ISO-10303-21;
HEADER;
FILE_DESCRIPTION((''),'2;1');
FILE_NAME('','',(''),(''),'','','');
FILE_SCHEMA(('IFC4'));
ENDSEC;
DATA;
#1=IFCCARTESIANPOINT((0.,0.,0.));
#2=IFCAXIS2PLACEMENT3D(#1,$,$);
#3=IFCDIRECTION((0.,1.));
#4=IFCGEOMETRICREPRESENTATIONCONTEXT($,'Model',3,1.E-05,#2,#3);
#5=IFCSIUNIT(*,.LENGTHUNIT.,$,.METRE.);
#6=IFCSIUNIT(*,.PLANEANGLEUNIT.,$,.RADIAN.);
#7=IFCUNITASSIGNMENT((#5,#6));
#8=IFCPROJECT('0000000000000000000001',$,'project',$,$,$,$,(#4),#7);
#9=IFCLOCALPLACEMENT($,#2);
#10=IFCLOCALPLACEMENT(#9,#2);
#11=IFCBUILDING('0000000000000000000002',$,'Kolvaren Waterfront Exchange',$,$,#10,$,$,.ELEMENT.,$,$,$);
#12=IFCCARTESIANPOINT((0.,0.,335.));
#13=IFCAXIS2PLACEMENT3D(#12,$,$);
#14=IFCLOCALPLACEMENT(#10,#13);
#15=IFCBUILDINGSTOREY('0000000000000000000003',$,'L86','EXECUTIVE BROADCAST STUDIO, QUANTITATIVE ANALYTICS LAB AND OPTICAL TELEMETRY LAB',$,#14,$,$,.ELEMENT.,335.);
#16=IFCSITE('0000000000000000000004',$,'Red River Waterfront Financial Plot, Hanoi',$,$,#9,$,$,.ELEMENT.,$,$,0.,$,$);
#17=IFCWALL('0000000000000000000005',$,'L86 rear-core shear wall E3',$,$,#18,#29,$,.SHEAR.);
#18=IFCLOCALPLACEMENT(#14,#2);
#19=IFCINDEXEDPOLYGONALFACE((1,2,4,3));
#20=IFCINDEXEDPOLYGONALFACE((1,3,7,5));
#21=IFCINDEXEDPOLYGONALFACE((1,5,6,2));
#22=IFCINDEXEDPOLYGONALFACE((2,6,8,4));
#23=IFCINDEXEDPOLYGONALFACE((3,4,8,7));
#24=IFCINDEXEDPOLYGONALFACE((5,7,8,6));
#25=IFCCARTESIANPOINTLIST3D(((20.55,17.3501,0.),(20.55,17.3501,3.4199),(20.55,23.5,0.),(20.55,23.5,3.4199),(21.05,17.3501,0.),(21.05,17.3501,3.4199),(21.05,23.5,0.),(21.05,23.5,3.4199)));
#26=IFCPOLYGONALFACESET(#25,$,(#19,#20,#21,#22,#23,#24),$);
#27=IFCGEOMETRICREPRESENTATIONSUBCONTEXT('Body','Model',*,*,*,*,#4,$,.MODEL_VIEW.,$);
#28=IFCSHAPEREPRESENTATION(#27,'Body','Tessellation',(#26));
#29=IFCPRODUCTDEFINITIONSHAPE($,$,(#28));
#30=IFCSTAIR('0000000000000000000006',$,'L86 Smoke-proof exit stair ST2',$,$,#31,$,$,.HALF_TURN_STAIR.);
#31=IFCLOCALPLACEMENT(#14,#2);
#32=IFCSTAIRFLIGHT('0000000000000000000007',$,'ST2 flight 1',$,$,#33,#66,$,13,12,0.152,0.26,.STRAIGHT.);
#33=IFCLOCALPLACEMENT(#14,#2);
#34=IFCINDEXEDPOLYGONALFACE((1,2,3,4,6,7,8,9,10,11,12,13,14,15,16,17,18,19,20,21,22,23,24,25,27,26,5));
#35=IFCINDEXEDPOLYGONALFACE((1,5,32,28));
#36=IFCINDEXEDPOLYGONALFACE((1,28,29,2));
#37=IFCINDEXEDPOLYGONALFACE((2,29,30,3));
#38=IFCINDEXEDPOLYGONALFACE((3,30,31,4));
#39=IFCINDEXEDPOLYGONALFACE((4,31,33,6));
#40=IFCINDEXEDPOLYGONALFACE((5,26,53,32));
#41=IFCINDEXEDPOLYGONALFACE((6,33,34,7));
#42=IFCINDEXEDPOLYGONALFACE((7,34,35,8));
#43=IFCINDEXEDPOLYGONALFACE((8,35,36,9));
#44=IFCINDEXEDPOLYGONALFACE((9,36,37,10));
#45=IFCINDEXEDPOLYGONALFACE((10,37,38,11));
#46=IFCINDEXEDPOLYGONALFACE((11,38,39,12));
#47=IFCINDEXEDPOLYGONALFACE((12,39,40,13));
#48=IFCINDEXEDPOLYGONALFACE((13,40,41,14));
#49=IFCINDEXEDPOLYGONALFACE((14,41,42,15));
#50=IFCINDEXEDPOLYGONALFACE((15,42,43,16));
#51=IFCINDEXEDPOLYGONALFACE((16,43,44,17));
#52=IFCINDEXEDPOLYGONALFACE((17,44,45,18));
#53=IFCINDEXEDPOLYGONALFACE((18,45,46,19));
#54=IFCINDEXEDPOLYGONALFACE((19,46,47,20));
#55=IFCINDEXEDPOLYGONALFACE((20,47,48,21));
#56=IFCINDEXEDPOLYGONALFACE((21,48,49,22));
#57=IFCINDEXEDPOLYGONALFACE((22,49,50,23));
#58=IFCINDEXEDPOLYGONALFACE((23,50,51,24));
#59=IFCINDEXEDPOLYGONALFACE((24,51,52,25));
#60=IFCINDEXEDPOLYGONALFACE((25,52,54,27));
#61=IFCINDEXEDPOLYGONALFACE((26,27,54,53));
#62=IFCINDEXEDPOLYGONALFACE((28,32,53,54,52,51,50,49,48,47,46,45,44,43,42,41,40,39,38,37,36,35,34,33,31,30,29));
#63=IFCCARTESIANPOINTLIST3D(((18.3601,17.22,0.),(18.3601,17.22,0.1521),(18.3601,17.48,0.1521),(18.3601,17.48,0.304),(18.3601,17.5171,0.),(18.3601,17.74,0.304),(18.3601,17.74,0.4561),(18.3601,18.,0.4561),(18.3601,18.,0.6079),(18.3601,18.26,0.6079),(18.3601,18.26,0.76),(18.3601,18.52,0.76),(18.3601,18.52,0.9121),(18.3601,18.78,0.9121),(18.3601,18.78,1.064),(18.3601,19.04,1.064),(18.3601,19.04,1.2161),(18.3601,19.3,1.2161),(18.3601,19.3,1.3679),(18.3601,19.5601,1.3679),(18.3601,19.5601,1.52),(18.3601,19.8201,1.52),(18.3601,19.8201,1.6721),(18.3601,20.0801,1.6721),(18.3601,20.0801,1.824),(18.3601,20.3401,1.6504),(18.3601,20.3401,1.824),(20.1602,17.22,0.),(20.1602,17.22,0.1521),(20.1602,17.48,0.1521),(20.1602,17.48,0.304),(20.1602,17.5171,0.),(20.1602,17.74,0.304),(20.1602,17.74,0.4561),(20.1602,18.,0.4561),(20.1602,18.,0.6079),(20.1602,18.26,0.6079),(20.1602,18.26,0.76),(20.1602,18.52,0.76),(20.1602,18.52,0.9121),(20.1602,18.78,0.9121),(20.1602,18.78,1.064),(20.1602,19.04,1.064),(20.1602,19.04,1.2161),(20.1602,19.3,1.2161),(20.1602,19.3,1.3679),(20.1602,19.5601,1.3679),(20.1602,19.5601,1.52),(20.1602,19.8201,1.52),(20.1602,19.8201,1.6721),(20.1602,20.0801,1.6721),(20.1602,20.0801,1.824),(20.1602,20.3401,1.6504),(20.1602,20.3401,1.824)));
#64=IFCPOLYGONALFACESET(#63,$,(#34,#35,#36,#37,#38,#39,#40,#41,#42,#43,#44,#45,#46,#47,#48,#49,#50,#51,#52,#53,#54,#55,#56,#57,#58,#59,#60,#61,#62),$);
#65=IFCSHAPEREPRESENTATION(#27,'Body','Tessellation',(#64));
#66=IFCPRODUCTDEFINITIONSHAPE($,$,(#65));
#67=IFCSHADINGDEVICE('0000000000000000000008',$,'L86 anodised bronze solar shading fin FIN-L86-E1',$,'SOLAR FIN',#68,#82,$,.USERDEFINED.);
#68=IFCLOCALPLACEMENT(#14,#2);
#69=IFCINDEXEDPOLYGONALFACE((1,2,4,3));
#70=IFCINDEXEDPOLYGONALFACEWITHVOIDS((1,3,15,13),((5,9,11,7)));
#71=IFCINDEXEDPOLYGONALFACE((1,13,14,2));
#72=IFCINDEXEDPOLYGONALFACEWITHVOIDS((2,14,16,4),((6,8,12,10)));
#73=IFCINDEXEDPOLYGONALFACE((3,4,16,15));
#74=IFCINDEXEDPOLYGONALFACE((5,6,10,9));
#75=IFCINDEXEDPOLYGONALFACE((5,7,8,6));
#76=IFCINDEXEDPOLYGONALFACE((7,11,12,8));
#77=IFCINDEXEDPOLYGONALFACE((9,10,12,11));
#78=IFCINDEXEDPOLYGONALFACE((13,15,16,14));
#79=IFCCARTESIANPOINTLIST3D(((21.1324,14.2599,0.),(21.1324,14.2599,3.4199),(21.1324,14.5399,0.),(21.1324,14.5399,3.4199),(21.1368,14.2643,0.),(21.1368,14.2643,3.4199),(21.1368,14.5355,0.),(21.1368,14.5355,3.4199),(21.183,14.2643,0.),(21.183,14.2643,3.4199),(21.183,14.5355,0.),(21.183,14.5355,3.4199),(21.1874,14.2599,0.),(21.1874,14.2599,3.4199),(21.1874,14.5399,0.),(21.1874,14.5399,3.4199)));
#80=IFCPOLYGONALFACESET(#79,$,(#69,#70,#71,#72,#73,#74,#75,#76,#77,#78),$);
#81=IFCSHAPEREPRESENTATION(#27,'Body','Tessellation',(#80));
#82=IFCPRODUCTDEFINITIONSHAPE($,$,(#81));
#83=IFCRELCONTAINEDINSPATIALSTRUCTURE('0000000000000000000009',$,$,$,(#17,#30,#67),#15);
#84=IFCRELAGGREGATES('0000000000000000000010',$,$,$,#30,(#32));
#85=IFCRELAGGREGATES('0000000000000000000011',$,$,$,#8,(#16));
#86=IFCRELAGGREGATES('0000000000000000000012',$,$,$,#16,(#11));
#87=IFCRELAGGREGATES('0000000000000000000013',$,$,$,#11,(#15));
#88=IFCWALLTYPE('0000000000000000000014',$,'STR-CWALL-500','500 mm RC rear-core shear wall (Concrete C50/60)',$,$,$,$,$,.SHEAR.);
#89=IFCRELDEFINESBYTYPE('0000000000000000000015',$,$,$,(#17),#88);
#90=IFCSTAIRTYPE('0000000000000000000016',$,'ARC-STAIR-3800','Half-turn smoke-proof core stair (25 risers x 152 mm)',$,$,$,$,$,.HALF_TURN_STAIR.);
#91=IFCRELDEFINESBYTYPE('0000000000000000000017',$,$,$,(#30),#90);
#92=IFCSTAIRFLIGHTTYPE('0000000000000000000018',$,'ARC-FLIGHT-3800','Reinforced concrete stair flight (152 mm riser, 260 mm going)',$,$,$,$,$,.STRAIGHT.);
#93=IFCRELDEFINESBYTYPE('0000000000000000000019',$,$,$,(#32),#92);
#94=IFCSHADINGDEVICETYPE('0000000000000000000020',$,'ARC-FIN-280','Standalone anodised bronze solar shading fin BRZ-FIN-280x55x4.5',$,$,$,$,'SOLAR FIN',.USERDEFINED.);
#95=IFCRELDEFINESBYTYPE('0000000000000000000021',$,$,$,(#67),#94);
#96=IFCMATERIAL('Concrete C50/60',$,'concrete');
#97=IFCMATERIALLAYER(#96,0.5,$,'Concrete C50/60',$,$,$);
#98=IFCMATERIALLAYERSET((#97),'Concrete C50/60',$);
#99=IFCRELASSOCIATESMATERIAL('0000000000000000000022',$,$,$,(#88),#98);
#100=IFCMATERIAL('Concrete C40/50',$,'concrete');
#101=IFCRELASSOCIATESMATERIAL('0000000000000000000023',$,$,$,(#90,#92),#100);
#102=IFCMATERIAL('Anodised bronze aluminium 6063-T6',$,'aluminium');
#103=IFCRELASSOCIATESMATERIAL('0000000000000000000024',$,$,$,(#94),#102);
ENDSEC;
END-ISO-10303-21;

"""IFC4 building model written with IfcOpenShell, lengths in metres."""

from ifc_helpers import new_model, si_unit, direction, frame, frame_2d, origin, origin_2d, place, context, subcontext, project, spatial, polyline, rectangle, hollow_rectangle, outline, extrude, material, layer, layer_set, material_profile, profile_set, type_object, element, aggregate, save


model = new_model("IFC4")

# Units and contexts
model_context = context("Model", 3, precision=1e-05, world=origin(), true_north=direction((0.0, 1.0)))
body_context = subcontext(model_context, "Body", "Model", "MODEL_VIEW")
ifc_project = project(units=[si_unit("LENGTHUNIT", "METRE"), si_unit("PLANEANGLEUNIT", "RADIAN")], contexts=[model_context])

# Site, building, storey
site_placement = place(None, origin())
site = spatial("IfcSite", under=ifc_project, at=site_placement, Name="Red River Waterfront Financial Plot, Hanoi", CompositionType="ELEMENT", RefElevation=0.0)
building_placement = place(site_placement, origin())
building = spatial("IfcBuilding", under=site, at=building_placement, Name="Kolvaren Waterfront Exchange", CompositionType="ELEMENT")
storey_placement = place(building_placement, frame((0.0, 0.0, 335.0)))
storey = spatial("IfcBuildingStorey", under=building, at=storey_placement, Name="L86", Description="EXECUTIVE BROADCAST STUDIO, QUANTITATIVE ANALYTICS LAB AND OPTICAL TELEMETRY LAB", CompositionType="ELEMENT", Elevation=335.0)

# Shared definitions
ifc_material_1 = material(Name="Concrete C50/60", Category="concrete")

# Wall
ifc_material_2 = material(Name="Concrete C40/50", Category="concrete")
ifc_layer_1 = layer(ifc_material_1, 0.5, Name="Concrete C50/60")
ifc_layer_set_1 = layer_set([ifc_layer_1], Name="Concrete C50/60")
wall_type_1 = type_object("IfcWallType", Name="STR-CWALL-500", Description="500 mm RC rear-core shear wall (Concrete C50/60)", PredefinedType="SHEAR", material=ifc_layer_set_1)
wall_1_placement = place(storey_placement, frame((20.8, 17.3501, 0.0), z_axis=(0.0, 0.0, 1.0), x_axis=(0.0, 1.0, 0.0)))
element("IfcWall", 1, at=wall_1_placement, inside=storey, type_object=wall_type_1, Name="L86 rear-core shear wall E3", PredefinedType="SHEAR", context=body_context, shape_type="SweptSolid", body=[
    extrude(rectangle(XDim=6.1499, YDim=0.5, at=frame_2d((3.075, 0.0))), origin(), (0.0, 0.0, 1.0), 3.4199),
])

# Stair, stair flight
stair_type = type_object("IfcStairType", Name="ARC-STAIR-3800", Description="Half-turn smoke-proof core stair (25 risers x 152 mm)", PredefinedType="HALF_TURN_STAIR", material=ifc_material_2)
stair_placement = place(storey_placement, origin())
stair = element("IfcStair", 2, at=stair_placement, inside=storey, type_object=stair_type, Name="L86 Smoke-proof exit stair ST2", PredefinedType="HALF_TURN_STAIR")
stair_flight_type = type_object("IfcStairFlightType", Name="ARC-FLIGHT-3800", Description="Reinforced concrete stair flight (152 mm riser, 260 mm going)", PredefinedType="STRAIGHT", material=ifc_material_2)
stair_flight_placement = place(storey_placement, frame((19.26, 17.22, 0.0), z_axis=(0.0, 0.0, 1.0), x_axis=(0.0, 1.0, 0.0)))
stair_flight = element("IfcStairFlight", 3, at=stair_flight_placement, type_object=stair_flight_type, Name="ST2 flight 1", NumberOfRisers=13, NumberOfTreads=12, PredefinedType="STRAIGHT", RiserHeight=0.152, TreadLength=0.26, context=body_context, shape_type="SweptSolid", body=[
    extrude(outline(polyline([(0.0, 0.0), (0.0, 0.1521), (0.26, 0.1521), (0.26, 0.304), (0.52, 0.304), (0.52, 0.4561), (0.78, 0.4561), (0.78, 0.6079), (1.04, 0.6079), (1.04, 0.76), (1.3, 0.76), (1.3, 0.9121), (1.5601, 0.9121), (1.5601, 1.064), (1.8201, 1.064), (1.8201, 1.2161), (2.0801, 1.2161), (2.0801, 1.3679), (2.3401, 1.3679), (2.3401, 1.52), (2.6001, 1.52), (2.6001, 1.6721), (2.8601, 1.6721), (2.8601, 1.824), (3.1201, 1.824), (3.1201, 1.9761), (3.1201, 1.6504), (0.2971, 0.0), (0.0, 0.0)])), frame((0.0, 0.8999, 0.0), z_axis=(0.0, -1.0, 0.0), x_axis=(1.0, 0.0, 0.0)), (0.0, 0.0, 1.0), 1.8),
])
aggregate(stair, [stair_flight])

# Shading device
ifc_material_3 = material(Name="Anodised bronze aluminium 6063-T6", Category="aluminium")
ifc_material_profile_1 = material_profile(ifc_material_3, hollow_rectangle(XDim=0.0549, YDim=0.28, WallThickness=0.0044, at=origin_2d()), Name="BRZ-FIN-280x55x4.5")
ifc_profile_set_1 = profile_set([ifc_material_profile_1], Name="Anodised bronze aluminium 6063-T6")
shading_device_type = type_object("IfcShadingDeviceType", Name="ARC-FIN-280", Description="Standalone anodised bronze solar shading fin BRZ-FIN-280x55x4.5", ElementType="SOLAR FIN", PredefinedType="USERDEFINED", material=ifc_profile_set_1)
shading_device_placement = place(storey_placement, frame((21.1599, 14.3999, 0.0), z_axis=(0.0, 0.0, 1.0), x_axis=(1.0, 0.0, 0.0)))
element("IfcShadingDevice", 4, at=shading_device_placement, inside=storey, type_object=shading_device_type, Name="L86 anodised bronze solar shading fin FIN-L86-E1", ObjectType="SOLAR FIN", PredefinedType="USERDEFINED", context=body_context, shape_type="SweptSolid", body=[
    extrude(hollow_rectangle(XDim=0.0549, YDim=0.28, WallThickness=0.0044, at=origin_2d()), origin(), (0.0, 0.0, 1.0), 3.4199),
])

save(model, "model.ifc")
